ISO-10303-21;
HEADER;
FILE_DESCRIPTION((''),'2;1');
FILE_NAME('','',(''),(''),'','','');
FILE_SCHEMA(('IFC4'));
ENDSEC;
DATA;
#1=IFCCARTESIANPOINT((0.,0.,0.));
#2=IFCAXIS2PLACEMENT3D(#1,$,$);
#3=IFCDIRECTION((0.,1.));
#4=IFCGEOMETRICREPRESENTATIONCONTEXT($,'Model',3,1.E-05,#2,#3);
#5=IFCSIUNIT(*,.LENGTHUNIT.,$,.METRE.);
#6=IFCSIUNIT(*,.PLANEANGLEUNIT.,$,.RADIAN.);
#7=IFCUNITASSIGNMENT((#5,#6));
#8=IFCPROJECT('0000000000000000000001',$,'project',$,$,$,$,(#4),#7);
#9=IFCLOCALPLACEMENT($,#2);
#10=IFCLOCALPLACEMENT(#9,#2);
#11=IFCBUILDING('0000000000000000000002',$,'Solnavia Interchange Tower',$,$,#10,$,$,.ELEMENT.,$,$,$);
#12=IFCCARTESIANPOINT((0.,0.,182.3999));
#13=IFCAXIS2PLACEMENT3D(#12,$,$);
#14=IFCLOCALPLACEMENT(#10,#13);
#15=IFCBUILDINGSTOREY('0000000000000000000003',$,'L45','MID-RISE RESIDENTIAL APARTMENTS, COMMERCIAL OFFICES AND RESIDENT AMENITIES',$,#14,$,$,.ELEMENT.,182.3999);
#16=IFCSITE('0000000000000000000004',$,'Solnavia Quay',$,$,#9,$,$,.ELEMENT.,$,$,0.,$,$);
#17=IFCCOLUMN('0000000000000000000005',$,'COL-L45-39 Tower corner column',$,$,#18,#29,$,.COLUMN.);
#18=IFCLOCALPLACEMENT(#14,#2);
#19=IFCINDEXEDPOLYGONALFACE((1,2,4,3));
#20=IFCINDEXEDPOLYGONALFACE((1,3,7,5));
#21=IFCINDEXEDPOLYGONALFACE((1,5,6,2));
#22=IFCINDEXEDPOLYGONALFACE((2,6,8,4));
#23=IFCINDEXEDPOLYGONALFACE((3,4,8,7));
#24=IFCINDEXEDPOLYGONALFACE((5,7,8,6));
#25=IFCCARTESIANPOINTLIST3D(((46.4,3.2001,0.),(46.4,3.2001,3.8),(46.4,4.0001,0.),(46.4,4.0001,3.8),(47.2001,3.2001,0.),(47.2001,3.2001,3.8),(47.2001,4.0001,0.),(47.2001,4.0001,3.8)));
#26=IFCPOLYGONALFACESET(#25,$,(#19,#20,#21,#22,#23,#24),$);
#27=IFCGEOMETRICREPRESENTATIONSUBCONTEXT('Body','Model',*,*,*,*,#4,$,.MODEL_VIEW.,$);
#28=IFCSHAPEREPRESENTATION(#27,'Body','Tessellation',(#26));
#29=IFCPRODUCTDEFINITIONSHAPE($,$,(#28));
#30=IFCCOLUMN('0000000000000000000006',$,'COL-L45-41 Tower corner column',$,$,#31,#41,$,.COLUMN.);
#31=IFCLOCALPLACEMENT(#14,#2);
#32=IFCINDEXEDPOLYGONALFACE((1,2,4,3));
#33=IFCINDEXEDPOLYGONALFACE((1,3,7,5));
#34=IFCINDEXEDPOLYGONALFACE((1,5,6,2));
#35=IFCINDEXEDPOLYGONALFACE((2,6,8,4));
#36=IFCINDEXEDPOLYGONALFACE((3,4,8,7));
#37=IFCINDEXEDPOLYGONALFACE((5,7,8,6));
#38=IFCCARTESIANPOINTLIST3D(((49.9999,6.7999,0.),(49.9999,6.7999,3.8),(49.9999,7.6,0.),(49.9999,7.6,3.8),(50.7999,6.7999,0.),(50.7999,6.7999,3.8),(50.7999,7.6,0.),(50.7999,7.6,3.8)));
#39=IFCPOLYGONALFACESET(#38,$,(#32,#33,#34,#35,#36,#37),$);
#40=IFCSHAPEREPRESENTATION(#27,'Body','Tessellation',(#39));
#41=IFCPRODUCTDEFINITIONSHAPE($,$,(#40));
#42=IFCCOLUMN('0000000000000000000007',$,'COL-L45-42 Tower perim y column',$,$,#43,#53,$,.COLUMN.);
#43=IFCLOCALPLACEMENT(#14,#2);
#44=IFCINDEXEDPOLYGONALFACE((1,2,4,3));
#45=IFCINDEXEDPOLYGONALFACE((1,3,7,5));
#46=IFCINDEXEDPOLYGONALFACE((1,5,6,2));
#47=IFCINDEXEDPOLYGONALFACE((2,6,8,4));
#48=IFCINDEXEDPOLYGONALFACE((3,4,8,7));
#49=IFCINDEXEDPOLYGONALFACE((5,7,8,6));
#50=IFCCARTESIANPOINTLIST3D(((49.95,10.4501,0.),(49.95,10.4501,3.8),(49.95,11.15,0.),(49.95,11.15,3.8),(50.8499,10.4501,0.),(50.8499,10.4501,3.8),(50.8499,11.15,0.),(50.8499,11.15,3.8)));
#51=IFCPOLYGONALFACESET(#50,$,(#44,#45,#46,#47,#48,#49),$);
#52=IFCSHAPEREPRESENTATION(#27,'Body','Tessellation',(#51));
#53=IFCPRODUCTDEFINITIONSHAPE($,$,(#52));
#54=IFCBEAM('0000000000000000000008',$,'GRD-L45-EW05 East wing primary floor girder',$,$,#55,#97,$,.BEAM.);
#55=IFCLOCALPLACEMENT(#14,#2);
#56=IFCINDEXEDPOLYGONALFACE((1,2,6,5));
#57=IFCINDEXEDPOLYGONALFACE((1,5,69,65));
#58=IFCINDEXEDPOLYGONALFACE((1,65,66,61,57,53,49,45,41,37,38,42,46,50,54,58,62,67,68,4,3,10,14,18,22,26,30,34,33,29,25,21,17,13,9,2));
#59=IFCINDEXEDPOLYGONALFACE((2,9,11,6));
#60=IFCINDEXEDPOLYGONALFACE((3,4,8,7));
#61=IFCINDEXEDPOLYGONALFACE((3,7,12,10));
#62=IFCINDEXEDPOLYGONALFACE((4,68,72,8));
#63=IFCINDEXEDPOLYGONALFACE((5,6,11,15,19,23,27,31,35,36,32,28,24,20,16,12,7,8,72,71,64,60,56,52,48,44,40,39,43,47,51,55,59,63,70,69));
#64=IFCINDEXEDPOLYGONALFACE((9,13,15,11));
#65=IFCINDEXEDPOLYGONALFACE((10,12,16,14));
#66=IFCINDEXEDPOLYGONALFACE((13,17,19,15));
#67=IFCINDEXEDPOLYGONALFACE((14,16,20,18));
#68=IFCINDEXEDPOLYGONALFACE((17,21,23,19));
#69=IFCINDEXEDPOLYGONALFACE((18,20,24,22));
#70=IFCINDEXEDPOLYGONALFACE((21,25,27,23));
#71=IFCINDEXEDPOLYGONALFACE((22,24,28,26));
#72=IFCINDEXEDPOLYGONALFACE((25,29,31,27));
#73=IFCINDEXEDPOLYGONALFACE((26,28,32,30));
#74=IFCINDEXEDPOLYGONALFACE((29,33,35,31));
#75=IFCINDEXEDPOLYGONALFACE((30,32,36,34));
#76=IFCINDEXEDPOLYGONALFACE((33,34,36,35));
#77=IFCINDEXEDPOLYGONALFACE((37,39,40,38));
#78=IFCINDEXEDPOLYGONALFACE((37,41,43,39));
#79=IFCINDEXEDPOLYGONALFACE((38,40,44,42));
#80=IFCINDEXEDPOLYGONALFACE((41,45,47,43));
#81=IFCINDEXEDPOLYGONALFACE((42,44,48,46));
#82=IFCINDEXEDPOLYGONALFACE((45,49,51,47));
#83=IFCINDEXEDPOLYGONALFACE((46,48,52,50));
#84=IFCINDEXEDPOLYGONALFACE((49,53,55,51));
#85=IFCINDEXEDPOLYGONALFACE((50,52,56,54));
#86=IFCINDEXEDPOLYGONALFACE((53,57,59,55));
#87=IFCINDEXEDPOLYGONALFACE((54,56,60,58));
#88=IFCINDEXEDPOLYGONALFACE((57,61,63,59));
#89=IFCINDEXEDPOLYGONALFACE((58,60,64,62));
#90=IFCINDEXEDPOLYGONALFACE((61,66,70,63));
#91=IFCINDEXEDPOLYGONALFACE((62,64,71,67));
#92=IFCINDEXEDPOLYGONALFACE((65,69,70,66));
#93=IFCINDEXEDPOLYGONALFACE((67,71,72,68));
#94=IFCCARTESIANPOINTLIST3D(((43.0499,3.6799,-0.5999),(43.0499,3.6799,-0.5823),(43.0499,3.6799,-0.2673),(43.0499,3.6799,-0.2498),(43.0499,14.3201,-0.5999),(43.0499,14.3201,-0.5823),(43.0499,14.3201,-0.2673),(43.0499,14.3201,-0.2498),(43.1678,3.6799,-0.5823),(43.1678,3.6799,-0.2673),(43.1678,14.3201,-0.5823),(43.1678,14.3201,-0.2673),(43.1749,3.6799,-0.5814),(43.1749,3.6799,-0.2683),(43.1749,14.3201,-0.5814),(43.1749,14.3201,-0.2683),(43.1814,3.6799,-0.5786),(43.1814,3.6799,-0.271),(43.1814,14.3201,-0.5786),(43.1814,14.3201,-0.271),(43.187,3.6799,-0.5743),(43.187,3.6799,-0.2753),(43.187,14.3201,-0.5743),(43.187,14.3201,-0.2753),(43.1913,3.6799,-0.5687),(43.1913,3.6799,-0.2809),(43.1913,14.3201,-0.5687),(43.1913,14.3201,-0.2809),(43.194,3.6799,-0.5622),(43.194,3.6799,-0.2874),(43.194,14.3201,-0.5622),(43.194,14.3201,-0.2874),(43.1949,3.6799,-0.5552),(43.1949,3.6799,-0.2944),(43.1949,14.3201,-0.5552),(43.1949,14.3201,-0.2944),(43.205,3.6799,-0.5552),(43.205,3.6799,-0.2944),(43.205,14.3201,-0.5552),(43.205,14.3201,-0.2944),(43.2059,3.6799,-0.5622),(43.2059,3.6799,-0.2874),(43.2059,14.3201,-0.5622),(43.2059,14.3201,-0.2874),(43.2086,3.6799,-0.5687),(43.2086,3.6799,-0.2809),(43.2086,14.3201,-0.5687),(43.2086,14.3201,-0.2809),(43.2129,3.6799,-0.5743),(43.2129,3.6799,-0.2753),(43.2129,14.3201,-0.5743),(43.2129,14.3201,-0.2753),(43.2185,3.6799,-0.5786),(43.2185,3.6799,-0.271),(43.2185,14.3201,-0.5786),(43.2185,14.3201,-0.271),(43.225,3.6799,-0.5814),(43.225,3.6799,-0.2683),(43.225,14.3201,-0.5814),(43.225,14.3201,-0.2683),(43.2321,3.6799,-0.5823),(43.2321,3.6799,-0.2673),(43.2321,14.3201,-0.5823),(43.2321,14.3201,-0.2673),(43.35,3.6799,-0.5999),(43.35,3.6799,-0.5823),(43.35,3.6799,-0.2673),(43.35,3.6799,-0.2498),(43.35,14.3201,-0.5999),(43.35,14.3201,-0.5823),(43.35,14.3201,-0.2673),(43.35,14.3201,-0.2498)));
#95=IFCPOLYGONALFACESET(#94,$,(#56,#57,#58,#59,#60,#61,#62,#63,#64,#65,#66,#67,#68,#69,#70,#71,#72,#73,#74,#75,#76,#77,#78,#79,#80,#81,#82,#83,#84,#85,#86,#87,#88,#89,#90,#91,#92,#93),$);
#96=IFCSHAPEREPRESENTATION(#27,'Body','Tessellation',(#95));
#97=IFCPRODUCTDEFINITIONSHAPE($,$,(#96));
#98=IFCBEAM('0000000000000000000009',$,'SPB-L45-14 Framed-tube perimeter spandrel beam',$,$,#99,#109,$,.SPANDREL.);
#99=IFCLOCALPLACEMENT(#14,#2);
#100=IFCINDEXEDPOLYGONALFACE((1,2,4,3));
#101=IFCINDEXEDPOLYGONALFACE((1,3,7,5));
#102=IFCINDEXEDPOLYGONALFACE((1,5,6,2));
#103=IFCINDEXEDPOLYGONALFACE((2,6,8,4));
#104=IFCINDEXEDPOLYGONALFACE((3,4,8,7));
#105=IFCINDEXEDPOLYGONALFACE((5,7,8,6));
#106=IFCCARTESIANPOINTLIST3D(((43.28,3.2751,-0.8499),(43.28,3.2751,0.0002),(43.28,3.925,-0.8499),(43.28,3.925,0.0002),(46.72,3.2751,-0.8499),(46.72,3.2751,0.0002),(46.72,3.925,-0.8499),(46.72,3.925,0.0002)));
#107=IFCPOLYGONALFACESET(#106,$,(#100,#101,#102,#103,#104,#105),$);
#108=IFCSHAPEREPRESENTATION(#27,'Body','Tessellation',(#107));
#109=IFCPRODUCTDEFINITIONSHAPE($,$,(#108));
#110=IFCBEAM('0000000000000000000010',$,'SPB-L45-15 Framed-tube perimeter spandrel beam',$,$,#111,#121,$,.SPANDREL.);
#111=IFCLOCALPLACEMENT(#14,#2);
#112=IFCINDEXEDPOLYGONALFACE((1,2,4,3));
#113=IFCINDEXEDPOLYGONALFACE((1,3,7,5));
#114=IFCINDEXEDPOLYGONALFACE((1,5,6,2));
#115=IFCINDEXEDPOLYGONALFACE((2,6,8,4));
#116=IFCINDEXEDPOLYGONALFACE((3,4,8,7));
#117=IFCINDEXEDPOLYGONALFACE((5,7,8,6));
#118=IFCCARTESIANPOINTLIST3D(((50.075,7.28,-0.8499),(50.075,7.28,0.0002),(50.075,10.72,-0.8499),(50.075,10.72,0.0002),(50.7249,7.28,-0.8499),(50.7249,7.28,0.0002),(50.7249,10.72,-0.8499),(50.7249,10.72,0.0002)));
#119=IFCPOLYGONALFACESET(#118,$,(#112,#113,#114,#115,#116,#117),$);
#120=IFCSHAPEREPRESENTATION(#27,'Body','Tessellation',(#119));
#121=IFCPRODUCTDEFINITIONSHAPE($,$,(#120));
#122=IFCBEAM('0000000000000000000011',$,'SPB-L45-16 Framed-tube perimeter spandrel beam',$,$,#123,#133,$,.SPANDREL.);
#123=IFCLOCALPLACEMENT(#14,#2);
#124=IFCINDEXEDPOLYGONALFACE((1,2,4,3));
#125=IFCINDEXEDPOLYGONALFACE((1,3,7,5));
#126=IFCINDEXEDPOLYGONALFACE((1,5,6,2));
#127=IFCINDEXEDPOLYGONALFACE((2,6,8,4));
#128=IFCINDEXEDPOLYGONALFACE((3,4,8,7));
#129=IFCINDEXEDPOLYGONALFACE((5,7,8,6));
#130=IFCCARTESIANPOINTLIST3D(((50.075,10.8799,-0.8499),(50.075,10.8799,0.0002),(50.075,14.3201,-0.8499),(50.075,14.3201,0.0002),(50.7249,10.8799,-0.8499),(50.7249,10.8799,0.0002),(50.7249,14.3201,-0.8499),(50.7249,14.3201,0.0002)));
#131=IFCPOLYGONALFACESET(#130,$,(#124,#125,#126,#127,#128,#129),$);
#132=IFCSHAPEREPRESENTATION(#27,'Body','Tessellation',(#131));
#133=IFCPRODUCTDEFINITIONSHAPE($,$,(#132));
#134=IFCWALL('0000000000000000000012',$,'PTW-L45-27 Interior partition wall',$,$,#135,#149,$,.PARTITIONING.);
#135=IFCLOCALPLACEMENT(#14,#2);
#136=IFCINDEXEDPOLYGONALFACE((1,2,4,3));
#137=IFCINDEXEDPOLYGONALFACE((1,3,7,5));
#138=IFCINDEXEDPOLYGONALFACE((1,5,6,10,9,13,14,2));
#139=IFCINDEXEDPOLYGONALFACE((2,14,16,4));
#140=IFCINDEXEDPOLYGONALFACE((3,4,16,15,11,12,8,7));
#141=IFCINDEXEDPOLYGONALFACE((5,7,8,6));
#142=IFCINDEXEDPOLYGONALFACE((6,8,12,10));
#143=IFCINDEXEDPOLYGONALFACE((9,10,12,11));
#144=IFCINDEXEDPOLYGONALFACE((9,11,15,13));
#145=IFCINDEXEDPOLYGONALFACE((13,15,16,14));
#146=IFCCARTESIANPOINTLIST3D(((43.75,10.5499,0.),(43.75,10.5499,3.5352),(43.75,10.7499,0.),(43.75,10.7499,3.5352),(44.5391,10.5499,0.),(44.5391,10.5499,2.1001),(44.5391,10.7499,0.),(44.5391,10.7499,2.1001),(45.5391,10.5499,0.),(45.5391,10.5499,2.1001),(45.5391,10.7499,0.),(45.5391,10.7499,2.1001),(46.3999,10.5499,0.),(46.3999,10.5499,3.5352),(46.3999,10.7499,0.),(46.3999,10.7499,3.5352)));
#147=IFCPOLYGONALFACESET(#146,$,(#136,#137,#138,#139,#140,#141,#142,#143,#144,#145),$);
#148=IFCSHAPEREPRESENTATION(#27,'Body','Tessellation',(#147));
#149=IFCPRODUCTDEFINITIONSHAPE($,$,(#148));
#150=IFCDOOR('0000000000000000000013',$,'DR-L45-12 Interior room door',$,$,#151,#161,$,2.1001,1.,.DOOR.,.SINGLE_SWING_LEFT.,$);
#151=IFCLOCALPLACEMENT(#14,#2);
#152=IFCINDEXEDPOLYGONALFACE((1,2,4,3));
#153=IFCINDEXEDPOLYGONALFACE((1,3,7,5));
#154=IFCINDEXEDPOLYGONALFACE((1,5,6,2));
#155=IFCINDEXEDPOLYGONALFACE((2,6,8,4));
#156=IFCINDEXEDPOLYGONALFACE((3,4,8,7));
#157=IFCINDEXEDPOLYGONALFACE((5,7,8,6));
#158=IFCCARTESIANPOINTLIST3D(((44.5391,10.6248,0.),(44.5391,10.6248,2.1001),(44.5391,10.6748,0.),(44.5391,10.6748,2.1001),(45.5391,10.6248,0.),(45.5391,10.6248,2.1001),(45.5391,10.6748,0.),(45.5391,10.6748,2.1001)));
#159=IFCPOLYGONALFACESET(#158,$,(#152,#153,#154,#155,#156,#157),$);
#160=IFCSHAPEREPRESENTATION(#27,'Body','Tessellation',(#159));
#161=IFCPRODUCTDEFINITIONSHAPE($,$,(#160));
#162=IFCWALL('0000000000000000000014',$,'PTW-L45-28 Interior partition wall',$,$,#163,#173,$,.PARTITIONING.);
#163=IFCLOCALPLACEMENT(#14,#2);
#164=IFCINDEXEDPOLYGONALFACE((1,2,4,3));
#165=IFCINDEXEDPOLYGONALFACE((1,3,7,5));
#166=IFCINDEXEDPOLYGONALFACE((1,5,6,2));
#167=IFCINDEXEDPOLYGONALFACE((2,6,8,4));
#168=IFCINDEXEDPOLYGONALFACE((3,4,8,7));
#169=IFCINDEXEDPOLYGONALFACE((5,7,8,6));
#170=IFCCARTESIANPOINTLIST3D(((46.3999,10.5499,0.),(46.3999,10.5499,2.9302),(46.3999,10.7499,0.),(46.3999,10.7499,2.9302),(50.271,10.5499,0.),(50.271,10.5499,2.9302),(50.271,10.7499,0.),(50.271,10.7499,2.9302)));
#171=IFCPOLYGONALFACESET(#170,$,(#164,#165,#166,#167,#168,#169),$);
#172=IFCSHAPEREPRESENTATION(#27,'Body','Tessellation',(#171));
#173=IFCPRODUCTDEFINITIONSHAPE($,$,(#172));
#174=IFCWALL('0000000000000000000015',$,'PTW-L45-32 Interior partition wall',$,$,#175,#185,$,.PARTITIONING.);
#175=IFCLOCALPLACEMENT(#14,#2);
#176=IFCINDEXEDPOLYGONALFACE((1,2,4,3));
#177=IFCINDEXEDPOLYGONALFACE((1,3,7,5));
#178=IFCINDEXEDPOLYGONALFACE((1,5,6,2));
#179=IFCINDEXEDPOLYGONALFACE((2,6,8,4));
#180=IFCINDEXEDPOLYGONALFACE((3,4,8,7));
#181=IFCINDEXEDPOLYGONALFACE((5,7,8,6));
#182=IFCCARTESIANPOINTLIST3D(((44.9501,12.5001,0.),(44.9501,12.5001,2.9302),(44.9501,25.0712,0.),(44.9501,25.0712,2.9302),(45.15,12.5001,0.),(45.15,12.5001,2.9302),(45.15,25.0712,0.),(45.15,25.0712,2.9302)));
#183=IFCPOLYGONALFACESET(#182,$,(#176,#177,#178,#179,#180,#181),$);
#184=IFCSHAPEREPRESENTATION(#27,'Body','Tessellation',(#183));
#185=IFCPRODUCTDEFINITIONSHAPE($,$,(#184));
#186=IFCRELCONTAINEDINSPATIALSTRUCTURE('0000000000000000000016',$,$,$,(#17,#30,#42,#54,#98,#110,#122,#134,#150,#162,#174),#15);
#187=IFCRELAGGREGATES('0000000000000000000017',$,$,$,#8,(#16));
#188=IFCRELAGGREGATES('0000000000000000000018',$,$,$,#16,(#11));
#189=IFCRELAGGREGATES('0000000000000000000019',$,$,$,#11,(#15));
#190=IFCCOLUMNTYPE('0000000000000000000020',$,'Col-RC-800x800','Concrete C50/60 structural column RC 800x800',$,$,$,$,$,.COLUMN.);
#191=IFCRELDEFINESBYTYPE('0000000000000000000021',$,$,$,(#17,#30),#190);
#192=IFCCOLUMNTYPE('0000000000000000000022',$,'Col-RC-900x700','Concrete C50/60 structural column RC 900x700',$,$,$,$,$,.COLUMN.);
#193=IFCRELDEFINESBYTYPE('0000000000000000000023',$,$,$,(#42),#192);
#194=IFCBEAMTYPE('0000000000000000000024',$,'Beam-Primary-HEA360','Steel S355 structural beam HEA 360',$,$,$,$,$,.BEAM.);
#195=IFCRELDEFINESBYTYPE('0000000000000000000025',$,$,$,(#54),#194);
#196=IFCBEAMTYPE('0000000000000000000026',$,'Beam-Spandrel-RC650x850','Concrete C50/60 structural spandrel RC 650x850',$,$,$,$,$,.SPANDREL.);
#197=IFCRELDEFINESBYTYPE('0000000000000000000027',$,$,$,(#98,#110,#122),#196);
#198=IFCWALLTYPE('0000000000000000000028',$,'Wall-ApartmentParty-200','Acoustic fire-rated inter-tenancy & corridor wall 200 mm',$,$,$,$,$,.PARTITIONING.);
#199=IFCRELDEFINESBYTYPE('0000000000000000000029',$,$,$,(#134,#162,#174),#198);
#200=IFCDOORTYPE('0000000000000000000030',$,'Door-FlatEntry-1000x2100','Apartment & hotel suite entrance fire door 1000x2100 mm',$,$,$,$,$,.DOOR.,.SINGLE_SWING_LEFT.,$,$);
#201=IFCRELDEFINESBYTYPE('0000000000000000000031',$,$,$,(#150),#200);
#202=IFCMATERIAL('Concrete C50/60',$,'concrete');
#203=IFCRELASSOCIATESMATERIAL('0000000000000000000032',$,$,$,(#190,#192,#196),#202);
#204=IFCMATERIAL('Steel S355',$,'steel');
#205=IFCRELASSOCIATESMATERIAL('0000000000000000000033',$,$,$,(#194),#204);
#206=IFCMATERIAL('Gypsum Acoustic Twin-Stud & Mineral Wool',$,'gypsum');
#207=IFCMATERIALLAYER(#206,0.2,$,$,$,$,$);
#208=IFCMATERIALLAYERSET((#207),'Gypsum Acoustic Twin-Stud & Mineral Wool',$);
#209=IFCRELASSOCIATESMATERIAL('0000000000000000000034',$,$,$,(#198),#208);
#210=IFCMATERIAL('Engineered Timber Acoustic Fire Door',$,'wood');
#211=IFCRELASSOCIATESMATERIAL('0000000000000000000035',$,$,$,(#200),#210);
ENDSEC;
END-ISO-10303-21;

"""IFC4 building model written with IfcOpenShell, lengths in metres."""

from ifc_helpers import new_model, si_unit, direction, frame, frame_2d, origin, origin_2d, place, context, subcontext, project, spatial, rectangle, i_section, extrude, material, layer, layer_set, material_profile, profile_set, type_object, element, fill, save


model = new_model("IFC4")

# Units and contexts
model_context = context("Model", 3, precision=1e-05, world=origin(), true_north=direction((0.0, 1.0)))
body_context = subcontext(model_context, "Body", "Model", "MODEL_VIEW")
ifc_project = project(units=[si_unit("LENGTHUNIT", "METRE"), si_unit("PLANEANGLEUNIT", "RADIAN")], contexts=[model_context])

# Site, building, storey
site_placement = place(None, origin())
site = spatial("IfcSite", under=ifc_project, at=site_placement, Name="Solnavia Quay", CompositionType="ELEMENT", RefElevation=0.0)
building_placement = place(site_placement, origin())
building = spatial("IfcBuilding", under=site, at=building_placement, Name="Solnavia Interchange Tower", CompositionType="ELEMENT")
storey_placement = place(building_placement, frame((0.0, 0.0, 182.3999)))
storey = spatial("IfcBuildingStorey", under=building, at=storey_placement, Name="L45", Description="MID-RISE RESIDENTIAL APARTMENTS, COMMERCIAL OFFICES AND RESIDENT AMENITIES", CompositionType="ELEMENT", Elevation=182.3999)

# Columns
ifc_material_1 = material(Name="Concrete C50/60", Category="concrete")
ifc_material_profile_1 = material_profile(ifc_material_1, rectangle(XDim=0.8, YDim=0.8, at=origin_2d()), Name="RC 800x800")
ifc_profile_set_1 = profile_set([ifc_material_profile_1], Name="Concrete C50/60")
column_type_1 = type_object("IfcColumnType", Name="Col-RC-800x800", Description="Concrete C50/60 structural column RC 800x800", PredefinedType="COLUMN", material=ifc_profile_set_1)
for number, where, z_axis, x_axis, name in (
    (1, (46.8, 3.6001, 0.0), (0.0, 0.0, 1.0), (1.0, 0.0, 0.0), "COL-L45-39 Tower corner column"),
    (2, (50.3999, 7.2, 0.0), (0.0, 0.0, 1.0), (1.0, 0.0, 0.0), "COL-L45-41 Tower corner column"),
):
    element("IfcColumn", number, at=place(storey_placement, frame(where, z_axis=z_axis, x_axis=x_axis)), inside=storey, type_object=column_type_1, Name=name, PredefinedType="COLUMN", context=body_context, shape_type="SweptSolid", body=[
        extrude(rectangle(XDim=0.8, YDim=0.8, at=origin_2d()), origin(), (0.0, 0.0, 1.0), 3.8),
    ])
ifc_material_profile_2 = material_profile(ifc_material_1, rectangle(XDim=0.7, YDim=0.8999, at=origin_2d()), Name="RC 900x700")
ifc_profile_set_2 = profile_set([ifc_material_profile_2], Name="Concrete C50/60")
column_type_2 = type_object("IfcColumnType", Name="Col-RC-900x700", Description="Concrete C50/60 structural column RC 900x700", PredefinedType="COLUMN", material=ifc_profile_set_2)
column_placement = place(storey_placement, frame((50.3999, 10.8, 0.0), z_axis=(0.0, 0.0, 1.0), x_axis=(0.0, 1.0, 0.0)))
element("IfcColumn", 3, at=column_placement, inside=storey, type_object=column_type_2, Name="COL-L45-42 Tower perim y column", PredefinedType="COLUMN", context=body_context, shape_type="SweptSolid", body=[
    extrude(rectangle(XDim=0.7, YDim=0.8999, at=origin_2d()), origin(), (0.0, 0.0, 1.0), 3.8),
])

# Beams
ifc_material_2 = material(Name="Steel S355", Category="steel")
ifc_material_profile_3 = material_profile(ifc_material_2, i_section(OverallWidth=0.3, OverallDepth=0.3501, WebThickness=0.01, FlangeThickness=0.0176, FilletRadius=0.0271, at=origin_2d()), Name="HEA 360")
ifc_profile_set_3 = profile_set([ifc_material_profile_3], Name="Steel S355")
beam_type_1 = type_object("IfcBeamType", Name="Beam-Primary-HEA360", Description="Steel S355 structural beam HEA 360", PredefinedType="BEAM", material=ifc_profile_set_3)
beam_1_placement = place(storey_placement, frame((43.2, 3.6799, -0.4248), z_axis=(0.0, 1.0, 0.0), x_axis=(-1.0, 0.0, 0.0)))
element("IfcBeam", 4, at=beam_1_placement, inside=storey, type_object=beam_type_1, Name="GRD-L45-EW05 East wing primary floor girder", PredefinedType="BEAM", context=body_context, shape_type="SweptSolid", body=[
    extrude(i_section(OverallWidth=0.3, OverallDepth=0.3501, WebThickness=0.01, FlangeThickness=0.0176, FilletRadius=0.0271, at=origin_2d()), origin(), (0.0, 0.0, 1.0), 10.6401),
])
ifc_material_profile_4 = material_profile(ifc_material_1, rectangle(XDim=0.6499, YDim=0.8501, at=origin_2d()), Name="RC 650x850")
ifc_profile_set_4 = profile_set([ifc_material_profile_4], Name="Concrete C50/60")
beam_type_2 = type_object("IfcBeamType", Name="Beam-Spandrel-RC650x850", Description="Concrete C50/60 structural spandrel RC 650x850", PredefinedType="SPANDREL", material=ifc_profile_set_4)
for number, where, z_axis, x_axis, name in (
    (5, (43.28, 3.6001, -0.4248), (1.0, 0.0, 0.0), (0.0, 1.0, 0.0), "SPB-L45-14 Framed-tube perimeter spandrel beam"),
    (6, (50.3999, 7.28, -0.4248), (0.0, 1.0, 0.0), (-1.0, 0.0, 0.0), "SPB-L45-15 Framed-tube perimeter spandrel beam"),
):
    element("IfcBeam", number, at=place(storey_placement, frame(where, z_axis=z_axis, x_axis=x_axis)), inside=storey, type_object=beam_type_2, Name=name, PredefinedType="SPANDREL", context=body_context, shape_type="SweptSolid", body=[
        extrude(rectangle(XDim=0.6499, YDim=0.8501, at=origin_2d()), origin(), (0.0, 0.0, 1.0), 3.4399),
    ])
beam_2_placement = place(storey_placement, frame((50.3999, 10.8799, -0.4248), z_axis=(0.0, 1.0, 0.0), x_axis=(-1.0, 0.0, 0.0)))
element("IfcBeam", 7, at=beam_2_placement, inside=storey, type_object=beam_type_2, Name="SPB-L45-16 Framed-tube perimeter spandrel beam", PredefinedType="SPANDREL", context=body_context, shape_type="SweptSolid", body=[
    extrude(rectangle(XDim=0.6499, YDim=0.8501, at=origin_2d()), origin(), (0.0, 0.0, 1.0), 3.4402),
])

# Wall, opening, door
ifc_material_3 = material(Name="Gypsum Acoustic Twin-Stud & Mineral Wool", Category="gypsum")
ifc_layer_1 = layer(ifc_material_3, 0.2)
ifc_layer_set_1 = layer_set([ifc_layer_1], Name="Gypsum Acoustic Twin-Stud & Mineral Wool")
wall_type_1 = type_object("IfcWallType", Name="Wall-ApartmentParty-200", Description="Acoustic fire-rated inter-tenancy & corridor wall 200 mm", PredefinedType="PARTITIONING", material=ifc_layer_set_1)
wall_1_placement = place(storey_placement, frame((43.75, 10.6499, 0.0), z_axis=(0.0, 0.0, 1.0), x_axis=(1.0, 0.0, 0.0)))
wall_1 = element("IfcWall", 8, at=wall_1_placement, inside=storey, type_object=wall_type_1, Name="PTW-L45-27 Interior partition wall", PredefinedType="PARTITIONING", context=body_context, shape_type="SweptSolid", body=[
    extrude(rectangle(XDim=2.6499, YDim=0.2, at=frame_2d((1.325, 0.0))), origin(), (0.0, 0.0, 1.0), 3.5352),
])
opening_1_placement = place(wall_1_placement, frame((0.7891, 0.0, 0.0)))
opening_1 = element("IfcOpeningElement", 9, at=opening_1_placement, cuts=wall_1, PredefinedType="OPENING", context=body_context, shape_type="SweptSolid", body=[
    extrude(rectangle(XDim=1.0, YDim=2.1001, at=frame_2d((0.5, 1.05))), frame((0.0, 0.1099, 0.0), z_axis=(0.0, -1.0, 0.0), x_axis=(1.0, 0.0, 0.0)), (0.0, 0.0, 1.0), 0.22),
])
ifc_material_4 = material(Name="Engineered Timber Acoustic Fire Door", Category="wood")
door_type_1 = type_object("IfcDoorType", Name="Door-FlatEntry-1000x2100", Description="Apartment & hotel suite entrance fire door 1000x2100 mm", OperationType="SINGLE_SWING_LEFT", PredefinedType="DOOR", material=ifc_material_4)
door_1_placement = place(opening_1_placement, origin())
door_1 = element("IfcDoor", 10, at=door_1_placement, inside=storey, type_object=door_type_1, Name="DR-L45-12 Interior room door", OperationType="SINGLE_SWING_LEFT", OverallHeight=2.1001, OverallWidth=1.0, PredefinedType="DOOR", context=body_context, shape_type="SweptSolid", body=[
    extrude(rectangle(XDim=1.0, YDim=2.1001, at=frame_2d((0.5, 1.05))), frame((0.0, 0.0249, 0.0), z_axis=(0.0, -1.0, 0.0), x_axis=(1.0, 0.0, 0.0)), (0.0, 0.0, 1.0), 0.05),
])
fill(opening_1, door_1)

# Walls
wall_2_placement = place(storey_placement, frame((46.3999, 10.6499, 0.0), z_axis=(0.0, 0.0, 1.0), x_axis=(1.0, 0.0, 0.0)))
element("IfcWall", 11, at=wall_2_placement, inside=storey, type_object=wall_type_1, Name="PTW-L45-28 Interior partition wall", PredefinedType="PARTITIONING", context=body_context, shape_type="SweptSolid", body=[
    extrude(rectangle(XDim=3.8711, YDim=0.2, at=frame_2d((1.9355, 0.0))), origin(), (0.0, 0.0, 1.0), 2.9302),
])
wall_3_placement = place(storey_placement, frame((45.05, 12.5, 0.0), z_axis=(0.0, 0.0, 1.0), x_axis=(0.0, 1.0, 0.0)))
element("IfcWall", 12, at=wall_3_placement, inside=storey, type_object=wall_type_1, Name="PTW-L45-32 Interior partition wall", PredefinedType="PARTITIONING", context=body_context, shape_type="SweptSolid", body=[
    extrude(rectangle(XDim=12.571, YDim=0.2, at=frame_2d((6.2856, 0.0))), origin(), (0.0, 0.0, 1.0), 2.9302),
])

save(model, "model.ifc")
